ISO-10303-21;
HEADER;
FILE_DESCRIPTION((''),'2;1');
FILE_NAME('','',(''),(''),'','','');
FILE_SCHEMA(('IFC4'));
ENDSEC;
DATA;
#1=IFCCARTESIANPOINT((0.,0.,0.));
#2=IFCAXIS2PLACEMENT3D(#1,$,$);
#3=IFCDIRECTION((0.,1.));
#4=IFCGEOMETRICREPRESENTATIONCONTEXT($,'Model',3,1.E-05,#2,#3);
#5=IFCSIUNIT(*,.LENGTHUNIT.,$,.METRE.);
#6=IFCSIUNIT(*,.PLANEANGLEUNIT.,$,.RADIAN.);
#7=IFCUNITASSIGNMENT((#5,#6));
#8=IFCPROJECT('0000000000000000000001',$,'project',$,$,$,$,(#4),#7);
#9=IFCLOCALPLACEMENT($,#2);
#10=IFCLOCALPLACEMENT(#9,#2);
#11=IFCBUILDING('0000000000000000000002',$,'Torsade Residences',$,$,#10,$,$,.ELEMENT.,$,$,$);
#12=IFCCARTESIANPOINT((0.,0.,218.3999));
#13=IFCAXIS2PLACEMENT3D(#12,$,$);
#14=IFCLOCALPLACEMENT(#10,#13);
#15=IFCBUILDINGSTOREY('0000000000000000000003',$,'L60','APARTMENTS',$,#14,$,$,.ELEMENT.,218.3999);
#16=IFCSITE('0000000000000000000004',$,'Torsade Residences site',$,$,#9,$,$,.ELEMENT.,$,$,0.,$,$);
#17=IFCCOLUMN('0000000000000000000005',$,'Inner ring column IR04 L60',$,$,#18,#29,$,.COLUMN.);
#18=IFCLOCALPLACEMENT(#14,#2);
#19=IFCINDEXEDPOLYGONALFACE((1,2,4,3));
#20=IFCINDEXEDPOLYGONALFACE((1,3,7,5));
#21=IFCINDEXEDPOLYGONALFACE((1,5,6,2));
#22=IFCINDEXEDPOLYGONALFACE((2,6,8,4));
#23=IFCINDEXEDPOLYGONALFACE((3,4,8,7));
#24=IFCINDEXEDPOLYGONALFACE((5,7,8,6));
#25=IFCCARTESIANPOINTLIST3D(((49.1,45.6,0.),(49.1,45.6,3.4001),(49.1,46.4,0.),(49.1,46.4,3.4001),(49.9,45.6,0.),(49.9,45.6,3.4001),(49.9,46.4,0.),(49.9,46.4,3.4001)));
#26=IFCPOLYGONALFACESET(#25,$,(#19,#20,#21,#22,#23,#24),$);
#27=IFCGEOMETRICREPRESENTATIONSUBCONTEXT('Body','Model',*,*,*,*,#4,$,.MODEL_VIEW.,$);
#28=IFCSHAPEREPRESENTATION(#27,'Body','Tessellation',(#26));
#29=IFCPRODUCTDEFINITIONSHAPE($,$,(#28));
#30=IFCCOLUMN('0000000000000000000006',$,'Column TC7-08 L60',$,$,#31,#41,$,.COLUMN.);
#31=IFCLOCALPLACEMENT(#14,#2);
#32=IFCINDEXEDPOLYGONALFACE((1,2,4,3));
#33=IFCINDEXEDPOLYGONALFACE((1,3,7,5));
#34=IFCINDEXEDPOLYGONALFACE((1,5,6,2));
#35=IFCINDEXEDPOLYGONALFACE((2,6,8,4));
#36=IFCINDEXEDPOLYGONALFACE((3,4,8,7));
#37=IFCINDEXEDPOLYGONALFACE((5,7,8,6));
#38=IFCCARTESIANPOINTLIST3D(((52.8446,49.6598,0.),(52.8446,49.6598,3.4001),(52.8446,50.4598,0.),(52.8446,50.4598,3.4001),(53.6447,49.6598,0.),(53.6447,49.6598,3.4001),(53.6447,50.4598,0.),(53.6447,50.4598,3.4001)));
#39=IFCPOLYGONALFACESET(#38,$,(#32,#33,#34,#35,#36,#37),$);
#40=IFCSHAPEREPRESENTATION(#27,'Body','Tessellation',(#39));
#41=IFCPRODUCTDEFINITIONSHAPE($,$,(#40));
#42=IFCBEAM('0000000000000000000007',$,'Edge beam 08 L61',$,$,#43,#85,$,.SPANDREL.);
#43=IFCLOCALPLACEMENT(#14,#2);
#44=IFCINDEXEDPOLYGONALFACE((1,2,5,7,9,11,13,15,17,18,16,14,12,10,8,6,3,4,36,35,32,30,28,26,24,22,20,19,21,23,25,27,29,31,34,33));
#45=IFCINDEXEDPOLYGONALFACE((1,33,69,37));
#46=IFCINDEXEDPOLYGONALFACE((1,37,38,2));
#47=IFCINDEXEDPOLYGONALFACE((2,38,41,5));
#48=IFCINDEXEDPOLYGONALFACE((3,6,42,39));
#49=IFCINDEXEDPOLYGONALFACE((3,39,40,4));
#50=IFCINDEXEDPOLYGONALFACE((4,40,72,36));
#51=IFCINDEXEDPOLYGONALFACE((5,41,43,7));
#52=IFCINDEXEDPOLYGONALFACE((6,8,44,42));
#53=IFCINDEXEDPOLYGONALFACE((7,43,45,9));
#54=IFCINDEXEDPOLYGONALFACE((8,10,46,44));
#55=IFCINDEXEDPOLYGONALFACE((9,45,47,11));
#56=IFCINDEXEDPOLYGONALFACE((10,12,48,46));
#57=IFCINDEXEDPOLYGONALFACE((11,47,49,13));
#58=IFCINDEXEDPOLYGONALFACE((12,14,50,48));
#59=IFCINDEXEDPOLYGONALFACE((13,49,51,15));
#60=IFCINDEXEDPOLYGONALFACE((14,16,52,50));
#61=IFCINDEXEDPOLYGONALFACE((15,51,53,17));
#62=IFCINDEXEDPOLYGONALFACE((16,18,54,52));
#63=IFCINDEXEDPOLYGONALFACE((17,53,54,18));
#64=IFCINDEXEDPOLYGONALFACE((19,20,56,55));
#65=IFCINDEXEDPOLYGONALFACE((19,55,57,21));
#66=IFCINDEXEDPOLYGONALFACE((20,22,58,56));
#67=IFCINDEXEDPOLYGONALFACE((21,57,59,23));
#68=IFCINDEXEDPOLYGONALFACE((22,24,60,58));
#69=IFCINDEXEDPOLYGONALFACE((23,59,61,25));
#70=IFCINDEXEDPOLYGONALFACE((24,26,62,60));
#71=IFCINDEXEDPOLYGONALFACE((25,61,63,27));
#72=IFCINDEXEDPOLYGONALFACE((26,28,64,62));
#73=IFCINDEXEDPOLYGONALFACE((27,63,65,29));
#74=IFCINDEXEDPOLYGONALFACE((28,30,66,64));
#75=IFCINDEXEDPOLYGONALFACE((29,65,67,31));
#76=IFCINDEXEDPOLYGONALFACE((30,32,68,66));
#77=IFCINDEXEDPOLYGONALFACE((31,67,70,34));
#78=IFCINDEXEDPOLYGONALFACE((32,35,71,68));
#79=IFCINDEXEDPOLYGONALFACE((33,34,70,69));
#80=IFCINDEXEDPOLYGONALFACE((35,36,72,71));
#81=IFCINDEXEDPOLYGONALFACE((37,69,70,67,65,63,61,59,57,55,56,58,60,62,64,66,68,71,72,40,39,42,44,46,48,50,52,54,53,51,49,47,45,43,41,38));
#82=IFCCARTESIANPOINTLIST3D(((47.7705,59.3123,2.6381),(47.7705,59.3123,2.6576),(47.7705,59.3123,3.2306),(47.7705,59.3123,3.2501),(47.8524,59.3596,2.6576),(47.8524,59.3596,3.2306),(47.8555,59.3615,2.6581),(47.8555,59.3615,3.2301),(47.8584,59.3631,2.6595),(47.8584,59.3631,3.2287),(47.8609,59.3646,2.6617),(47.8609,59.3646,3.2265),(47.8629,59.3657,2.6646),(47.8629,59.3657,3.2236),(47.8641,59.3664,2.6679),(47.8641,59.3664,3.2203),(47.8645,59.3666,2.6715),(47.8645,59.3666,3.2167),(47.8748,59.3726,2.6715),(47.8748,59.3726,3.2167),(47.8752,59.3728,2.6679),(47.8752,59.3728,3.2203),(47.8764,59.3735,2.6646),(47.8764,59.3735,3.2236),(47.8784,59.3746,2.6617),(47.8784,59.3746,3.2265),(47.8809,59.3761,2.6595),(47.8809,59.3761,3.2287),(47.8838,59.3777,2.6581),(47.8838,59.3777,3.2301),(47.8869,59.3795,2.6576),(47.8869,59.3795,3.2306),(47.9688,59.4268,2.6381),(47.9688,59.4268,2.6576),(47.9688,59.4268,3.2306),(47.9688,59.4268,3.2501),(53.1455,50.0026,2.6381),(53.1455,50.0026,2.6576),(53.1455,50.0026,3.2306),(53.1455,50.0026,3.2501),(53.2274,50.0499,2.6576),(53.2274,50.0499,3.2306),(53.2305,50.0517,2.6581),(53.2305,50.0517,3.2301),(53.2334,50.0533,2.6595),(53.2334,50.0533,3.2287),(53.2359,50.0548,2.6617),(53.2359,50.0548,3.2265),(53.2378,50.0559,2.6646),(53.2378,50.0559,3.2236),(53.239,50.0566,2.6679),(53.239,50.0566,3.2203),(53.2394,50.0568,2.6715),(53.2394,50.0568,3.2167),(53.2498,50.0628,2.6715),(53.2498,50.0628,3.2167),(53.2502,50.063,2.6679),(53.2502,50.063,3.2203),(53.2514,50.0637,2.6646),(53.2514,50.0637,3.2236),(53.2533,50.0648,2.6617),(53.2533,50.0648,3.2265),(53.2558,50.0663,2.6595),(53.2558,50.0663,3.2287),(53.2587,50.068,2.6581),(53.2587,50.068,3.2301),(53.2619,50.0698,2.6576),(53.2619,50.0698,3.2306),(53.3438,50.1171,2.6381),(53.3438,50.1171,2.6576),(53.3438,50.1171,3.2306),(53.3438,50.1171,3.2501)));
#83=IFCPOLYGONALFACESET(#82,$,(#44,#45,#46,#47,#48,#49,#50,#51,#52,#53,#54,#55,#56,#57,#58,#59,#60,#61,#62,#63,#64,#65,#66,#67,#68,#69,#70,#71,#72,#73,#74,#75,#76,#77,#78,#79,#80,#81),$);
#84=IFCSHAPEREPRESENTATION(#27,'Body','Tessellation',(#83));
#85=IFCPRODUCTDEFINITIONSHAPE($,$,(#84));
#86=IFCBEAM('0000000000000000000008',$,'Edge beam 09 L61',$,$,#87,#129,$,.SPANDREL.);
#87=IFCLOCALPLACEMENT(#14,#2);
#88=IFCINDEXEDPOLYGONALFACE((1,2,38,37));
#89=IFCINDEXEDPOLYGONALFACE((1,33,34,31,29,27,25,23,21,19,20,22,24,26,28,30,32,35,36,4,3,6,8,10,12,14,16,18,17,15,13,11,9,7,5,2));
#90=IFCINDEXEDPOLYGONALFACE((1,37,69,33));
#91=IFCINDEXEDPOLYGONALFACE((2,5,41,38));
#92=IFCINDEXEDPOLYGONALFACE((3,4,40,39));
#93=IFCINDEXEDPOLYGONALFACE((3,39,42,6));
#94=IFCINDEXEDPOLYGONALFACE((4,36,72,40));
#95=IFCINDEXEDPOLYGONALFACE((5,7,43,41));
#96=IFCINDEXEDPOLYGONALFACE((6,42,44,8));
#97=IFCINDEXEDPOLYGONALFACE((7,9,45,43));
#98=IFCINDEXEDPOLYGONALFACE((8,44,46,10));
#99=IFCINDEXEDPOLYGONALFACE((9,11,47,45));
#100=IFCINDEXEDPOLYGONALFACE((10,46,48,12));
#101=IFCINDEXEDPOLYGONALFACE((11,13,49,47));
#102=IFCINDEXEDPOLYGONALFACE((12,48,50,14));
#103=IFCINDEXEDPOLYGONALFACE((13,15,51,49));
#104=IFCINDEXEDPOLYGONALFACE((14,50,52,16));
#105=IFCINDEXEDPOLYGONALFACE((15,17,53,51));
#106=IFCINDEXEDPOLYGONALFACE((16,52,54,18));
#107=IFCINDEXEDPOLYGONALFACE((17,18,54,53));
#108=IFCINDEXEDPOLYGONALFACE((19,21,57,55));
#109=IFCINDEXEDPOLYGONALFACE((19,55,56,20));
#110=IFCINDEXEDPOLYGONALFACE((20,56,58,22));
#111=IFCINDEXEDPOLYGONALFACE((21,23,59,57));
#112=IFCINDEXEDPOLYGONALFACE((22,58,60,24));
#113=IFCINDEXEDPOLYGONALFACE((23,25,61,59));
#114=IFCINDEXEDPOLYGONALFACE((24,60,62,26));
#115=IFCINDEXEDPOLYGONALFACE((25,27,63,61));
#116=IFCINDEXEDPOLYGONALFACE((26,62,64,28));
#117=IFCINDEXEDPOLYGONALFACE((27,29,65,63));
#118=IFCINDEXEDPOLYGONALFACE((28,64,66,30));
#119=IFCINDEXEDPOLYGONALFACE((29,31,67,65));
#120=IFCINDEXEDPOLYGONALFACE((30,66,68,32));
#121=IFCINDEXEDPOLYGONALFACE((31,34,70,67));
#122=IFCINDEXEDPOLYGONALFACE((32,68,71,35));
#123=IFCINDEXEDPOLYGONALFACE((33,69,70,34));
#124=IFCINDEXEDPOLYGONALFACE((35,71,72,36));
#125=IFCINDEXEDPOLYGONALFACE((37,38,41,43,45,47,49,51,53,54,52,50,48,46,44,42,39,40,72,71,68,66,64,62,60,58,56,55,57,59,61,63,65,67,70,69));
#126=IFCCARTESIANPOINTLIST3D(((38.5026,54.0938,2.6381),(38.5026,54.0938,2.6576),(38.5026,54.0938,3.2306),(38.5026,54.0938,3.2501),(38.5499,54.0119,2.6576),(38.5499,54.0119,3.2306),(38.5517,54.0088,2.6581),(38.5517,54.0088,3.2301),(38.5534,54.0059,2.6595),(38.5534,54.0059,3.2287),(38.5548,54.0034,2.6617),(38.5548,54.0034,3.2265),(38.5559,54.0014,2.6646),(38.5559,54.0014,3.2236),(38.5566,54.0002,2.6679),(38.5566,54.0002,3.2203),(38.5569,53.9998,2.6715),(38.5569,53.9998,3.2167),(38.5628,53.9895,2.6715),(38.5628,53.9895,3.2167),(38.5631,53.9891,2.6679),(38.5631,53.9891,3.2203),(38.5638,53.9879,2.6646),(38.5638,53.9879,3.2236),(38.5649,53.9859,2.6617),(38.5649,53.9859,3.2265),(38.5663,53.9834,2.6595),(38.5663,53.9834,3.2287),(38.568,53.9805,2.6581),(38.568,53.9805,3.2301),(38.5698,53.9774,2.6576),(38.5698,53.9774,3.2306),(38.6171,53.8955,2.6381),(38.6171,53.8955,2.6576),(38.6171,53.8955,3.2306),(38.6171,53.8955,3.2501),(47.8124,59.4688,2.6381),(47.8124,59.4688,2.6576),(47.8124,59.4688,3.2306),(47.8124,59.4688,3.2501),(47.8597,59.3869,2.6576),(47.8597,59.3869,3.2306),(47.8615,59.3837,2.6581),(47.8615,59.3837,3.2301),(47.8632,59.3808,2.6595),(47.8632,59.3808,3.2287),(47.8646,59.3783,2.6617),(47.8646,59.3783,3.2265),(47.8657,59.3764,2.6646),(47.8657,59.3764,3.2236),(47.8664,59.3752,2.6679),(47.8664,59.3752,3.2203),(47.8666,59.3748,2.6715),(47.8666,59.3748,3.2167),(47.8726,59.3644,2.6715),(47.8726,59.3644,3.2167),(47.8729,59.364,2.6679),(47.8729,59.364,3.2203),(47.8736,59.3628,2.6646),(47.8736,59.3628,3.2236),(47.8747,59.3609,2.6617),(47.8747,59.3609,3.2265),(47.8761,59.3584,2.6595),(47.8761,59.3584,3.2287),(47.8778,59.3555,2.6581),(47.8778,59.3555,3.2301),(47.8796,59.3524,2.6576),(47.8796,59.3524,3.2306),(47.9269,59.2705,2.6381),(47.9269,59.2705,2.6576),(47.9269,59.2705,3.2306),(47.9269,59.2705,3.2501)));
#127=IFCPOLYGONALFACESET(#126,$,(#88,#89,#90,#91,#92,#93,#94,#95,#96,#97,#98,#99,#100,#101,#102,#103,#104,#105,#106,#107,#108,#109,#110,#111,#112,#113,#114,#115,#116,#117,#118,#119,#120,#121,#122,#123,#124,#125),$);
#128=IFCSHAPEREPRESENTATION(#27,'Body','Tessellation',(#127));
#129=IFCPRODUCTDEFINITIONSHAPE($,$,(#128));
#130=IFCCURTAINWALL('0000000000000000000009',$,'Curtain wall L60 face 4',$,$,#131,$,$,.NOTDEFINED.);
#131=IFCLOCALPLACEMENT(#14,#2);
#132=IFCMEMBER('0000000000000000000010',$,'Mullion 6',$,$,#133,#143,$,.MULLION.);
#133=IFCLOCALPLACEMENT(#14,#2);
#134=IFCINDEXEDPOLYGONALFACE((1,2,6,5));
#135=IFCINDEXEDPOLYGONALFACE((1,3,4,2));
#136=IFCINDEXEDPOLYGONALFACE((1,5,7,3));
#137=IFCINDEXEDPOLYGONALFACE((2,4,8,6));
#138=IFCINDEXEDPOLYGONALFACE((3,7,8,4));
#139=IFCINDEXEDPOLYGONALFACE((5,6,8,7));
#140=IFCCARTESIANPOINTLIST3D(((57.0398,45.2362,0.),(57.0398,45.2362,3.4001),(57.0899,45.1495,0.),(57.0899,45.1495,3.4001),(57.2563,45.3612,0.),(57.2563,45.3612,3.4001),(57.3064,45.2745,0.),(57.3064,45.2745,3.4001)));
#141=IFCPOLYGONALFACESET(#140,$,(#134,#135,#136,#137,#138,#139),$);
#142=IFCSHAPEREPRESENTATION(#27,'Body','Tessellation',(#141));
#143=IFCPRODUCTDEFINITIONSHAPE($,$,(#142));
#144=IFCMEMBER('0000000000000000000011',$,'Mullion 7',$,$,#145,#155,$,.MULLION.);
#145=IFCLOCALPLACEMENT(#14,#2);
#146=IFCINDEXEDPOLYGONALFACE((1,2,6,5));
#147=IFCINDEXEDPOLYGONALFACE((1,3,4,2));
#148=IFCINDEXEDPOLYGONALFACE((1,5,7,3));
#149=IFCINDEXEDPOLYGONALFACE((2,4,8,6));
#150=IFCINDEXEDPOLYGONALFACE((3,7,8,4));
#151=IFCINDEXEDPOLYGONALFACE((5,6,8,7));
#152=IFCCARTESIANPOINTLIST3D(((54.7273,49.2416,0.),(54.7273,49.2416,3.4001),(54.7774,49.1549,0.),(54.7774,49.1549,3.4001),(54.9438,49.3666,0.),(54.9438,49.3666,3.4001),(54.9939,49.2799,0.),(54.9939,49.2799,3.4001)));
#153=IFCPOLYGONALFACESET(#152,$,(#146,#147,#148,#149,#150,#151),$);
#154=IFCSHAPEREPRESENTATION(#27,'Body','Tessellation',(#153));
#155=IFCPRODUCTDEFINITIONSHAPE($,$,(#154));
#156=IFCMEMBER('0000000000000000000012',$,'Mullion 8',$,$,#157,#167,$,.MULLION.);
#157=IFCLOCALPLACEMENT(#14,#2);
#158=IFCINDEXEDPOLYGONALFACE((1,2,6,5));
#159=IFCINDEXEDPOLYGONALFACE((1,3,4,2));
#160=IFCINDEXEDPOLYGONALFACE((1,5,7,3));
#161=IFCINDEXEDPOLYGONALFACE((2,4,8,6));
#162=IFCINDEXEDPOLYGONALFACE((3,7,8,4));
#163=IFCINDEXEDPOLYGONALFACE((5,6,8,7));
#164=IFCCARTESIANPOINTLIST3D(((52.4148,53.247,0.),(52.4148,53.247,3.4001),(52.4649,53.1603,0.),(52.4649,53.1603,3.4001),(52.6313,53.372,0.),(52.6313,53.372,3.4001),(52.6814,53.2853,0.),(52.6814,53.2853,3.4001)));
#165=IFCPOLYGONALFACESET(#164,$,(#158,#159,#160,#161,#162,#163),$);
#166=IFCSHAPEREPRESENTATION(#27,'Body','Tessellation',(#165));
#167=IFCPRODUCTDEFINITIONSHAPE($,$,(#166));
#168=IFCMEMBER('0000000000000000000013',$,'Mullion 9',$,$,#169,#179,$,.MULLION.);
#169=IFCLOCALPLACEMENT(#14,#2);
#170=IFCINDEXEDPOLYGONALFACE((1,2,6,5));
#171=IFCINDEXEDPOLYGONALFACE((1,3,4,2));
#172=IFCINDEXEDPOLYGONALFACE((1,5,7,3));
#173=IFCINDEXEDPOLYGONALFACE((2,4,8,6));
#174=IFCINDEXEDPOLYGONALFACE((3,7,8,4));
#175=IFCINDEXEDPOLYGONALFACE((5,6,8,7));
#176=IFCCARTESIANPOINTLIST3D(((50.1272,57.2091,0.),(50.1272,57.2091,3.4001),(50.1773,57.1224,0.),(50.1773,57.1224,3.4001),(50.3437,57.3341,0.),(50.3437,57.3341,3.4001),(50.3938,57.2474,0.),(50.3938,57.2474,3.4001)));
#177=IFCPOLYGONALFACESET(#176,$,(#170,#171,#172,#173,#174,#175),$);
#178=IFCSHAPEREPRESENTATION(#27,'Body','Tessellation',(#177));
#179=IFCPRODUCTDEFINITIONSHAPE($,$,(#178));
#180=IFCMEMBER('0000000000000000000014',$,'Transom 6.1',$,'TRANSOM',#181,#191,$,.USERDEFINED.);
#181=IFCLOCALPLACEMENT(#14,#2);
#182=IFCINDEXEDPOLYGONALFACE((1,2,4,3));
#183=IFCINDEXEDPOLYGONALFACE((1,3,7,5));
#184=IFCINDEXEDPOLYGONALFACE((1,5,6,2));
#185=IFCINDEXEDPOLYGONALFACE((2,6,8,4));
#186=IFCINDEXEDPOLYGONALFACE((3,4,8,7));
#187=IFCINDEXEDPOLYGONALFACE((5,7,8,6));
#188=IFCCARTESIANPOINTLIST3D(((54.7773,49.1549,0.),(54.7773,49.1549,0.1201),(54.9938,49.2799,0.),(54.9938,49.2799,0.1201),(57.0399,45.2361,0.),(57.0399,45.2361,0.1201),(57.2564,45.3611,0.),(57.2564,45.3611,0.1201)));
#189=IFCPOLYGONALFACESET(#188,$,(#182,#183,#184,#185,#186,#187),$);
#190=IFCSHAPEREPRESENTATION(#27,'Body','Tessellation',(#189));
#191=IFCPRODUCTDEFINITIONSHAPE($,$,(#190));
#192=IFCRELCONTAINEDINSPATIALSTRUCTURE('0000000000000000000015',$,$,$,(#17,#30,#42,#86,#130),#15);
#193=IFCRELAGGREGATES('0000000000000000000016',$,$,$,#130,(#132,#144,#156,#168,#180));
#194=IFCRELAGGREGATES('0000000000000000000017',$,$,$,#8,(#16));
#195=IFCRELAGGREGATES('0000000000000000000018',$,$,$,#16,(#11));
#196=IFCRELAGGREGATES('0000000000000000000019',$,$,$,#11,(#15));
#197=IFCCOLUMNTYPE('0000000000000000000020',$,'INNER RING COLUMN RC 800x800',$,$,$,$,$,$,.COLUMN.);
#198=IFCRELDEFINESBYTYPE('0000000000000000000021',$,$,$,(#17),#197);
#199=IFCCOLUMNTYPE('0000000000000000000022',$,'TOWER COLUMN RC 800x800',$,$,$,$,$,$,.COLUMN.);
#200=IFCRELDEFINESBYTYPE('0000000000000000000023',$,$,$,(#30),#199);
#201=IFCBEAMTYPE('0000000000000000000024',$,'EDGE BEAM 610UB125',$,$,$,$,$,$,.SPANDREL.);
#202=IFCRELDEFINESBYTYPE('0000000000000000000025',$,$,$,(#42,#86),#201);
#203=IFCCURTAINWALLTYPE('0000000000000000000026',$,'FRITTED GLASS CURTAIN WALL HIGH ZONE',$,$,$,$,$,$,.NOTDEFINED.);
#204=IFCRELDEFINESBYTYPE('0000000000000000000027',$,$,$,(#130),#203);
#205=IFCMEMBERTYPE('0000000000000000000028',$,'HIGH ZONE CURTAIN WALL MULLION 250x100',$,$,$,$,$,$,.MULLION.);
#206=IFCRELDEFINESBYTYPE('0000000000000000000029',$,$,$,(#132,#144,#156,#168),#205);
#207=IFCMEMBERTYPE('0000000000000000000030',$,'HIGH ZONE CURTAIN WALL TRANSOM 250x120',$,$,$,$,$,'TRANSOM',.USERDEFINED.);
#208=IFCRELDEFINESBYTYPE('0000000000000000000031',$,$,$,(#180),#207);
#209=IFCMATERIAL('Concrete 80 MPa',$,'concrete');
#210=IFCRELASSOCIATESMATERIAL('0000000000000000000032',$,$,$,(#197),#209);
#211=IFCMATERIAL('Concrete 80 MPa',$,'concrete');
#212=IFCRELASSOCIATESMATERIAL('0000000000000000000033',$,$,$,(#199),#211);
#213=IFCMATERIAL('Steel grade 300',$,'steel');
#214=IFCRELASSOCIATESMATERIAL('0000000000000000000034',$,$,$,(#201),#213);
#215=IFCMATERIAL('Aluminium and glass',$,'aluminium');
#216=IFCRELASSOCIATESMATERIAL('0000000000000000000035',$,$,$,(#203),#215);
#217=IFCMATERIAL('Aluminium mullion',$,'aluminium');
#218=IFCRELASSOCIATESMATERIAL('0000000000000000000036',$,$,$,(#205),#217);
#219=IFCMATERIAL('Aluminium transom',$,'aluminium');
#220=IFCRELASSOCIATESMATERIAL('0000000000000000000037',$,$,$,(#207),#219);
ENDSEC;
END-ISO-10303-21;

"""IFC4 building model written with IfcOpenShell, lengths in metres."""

from ifc_helpers import new_model, si_unit, direction, frame, origin, origin_2d, place, context, subcontext, project, spatial, rectangle, i_section, extrude, material, material_profile, profile_set, type_object, element, aggregate, save


model = new_model("IFC4")

# Units and contexts
model_context = context("Model", 3, precision=1e-05, world=origin(), true_north=direction((0.0, 1.0)))
body_context = subcontext(model_context, "Body", "Model", "MODEL_VIEW")
ifc_project = project(units=[si_unit("LENGTHUNIT", "METRE"), si_unit("PLANEANGLEUNIT", "RADIAN")], contexts=[model_context])

# Site, building, storey
site_placement = place(None, origin())
site = spatial("IfcSite", under=ifc_project, at=site_placement, Name="Torsade Residences site", CompositionType="ELEMENT", RefElevation=0.0)
building_placement = place(site_placement, origin())
building = spatial("IfcBuilding", under=site, at=building_placement, Name="Torsade Residences", CompositionType="ELEMENT")
storey_placement = place(building_placement, frame((0.0, 0.0, 218.3999)))
storey = spatial("IfcBuildingStorey", under=building, at=storey_placement, Name="L60", Description="APARTMENTS", CompositionType="ELEMENT", Elevation=218.3999)

# Columns
ifc_material_1 = material(Name="Concrete 80 MPa", Category="concrete")
ifc_material_profile_1 = material_profile(ifc_material_1, rectangle(XDim=0.8, YDim=0.8, at=origin_2d()), Name="RC 800x800")
ifc_profile_set_1 = profile_set([ifc_material_profile_1], Name="Concrete 80 MPa")
column_type_1 = type_object("IfcColumnType", Name="INNER RING COLUMN RC 800x800", PredefinedType="COLUMN", material=ifc_profile_set_1)
column_1_placement = place(storey_placement, frame((49.5, 46.0, 0.0), z_axis=(0.0, 0.0, 1.0), x_axis=(1.0, 0.0, 0.0)))
element("IfcColumn", 1, at=column_1_placement, inside=storey, type_object=column_type_1, Name="Inner ring column IR04 L60", PredefinedType="COLUMN", context=body_context, shape_type="SweptSolid", body=[
    extrude(rectangle(XDim=0.8, YDim=0.8, at=origin_2d()), origin(), (0.0, 0.0, 1.0), 3.4001),
])
ifc_material_2 = material(Name="Concrete 80 MPa", Category="concrete")
ifc_material_profile_2 = material_profile(ifc_material_2, rectangle(XDim=0.8, YDim=0.8, at=origin_2d()), Name="RC 800x800")
ifc_profile_set_2 = profile_set([ifc_material_profile_2], Name="Concrete 80 MPa")
column_type_2 = type_object("IfcColumnType", Name="TOWER COLUMN RC 800x800", PredefinedType="COLUMN", material=ifc_profile_set_2)
column_2_placement = place(storey_placement, frame((53.2446, 50.0598, 0.0), z_axis=(0.0, 0.0, 1.0), x_axis=(1.0, 0.0, 0.0)))
element("IfcColumn", 2, at=column_2_placement, inside=storey, type_object=column_type_2, Name="Column TC7-08 L60", PredefinedType="COLUMN", context=body_context, shape_type="SweptSolid", body=[
    extrude(rectangle(XDim=0.8, YDim=0.8, at=origin_2d()), origin(), (0.0, 0.0, 1.0), 3.4001),
])

# Beams
ifc_material_3 = material(Name="Steel grade 300", Category="steel")
ifc_material_profile_3 = material_profile(ifc_material_3, i_section(OverallWidth=0.229, OverallDepth=0.6121, WebThickness=0.012, FlangeThickness=0.0195, FilletRadius=0.0139, at=origin_2d()), Name="610UB125")
ifc_profile_set_3 = profile_set([ifc_material_profile_3], Name="Steel grade 300")
beam_type_1 = type_object("IfcBeamType", Name="EDGE BEAM 610UB125", PredefinedType="SPANDREL", material=ifc_profile_set_3)
for number, where, z_axis, x_axis, name in (
    (3, (53.2446, 50.0598, 2.9441), (-0.499998, 0.866026, 0.0), (-0.866026, -0.499998, 0.0), "Edge beam 08 L61"),
    (4, (47.8696, 59.3696, 2.9441), (-0.866026, -0.499998, 0.0), (0.499998, -0.866026, 0.0), "Edge beam 09 L61"),
):
    element("IfcBeam", number, at=place(storey_placement, frame(where, z_axis=z_axis, x_axis=x_axis)), inside=storey, type_object=beam_type_1, Name=name, PredefinedType="SPANDREL", context=body_context, shape_type="SweptSolid", body=[
        extrude(i_section(OverallWidth=0.229, OverallDepth=0.6121, WebThickness=0.012, FlangeThickness=0.0195, FilletRadius=0.0139, at=origin_2d()), origin(), (0.0, 0.0, 1.0), 10.75),
    ])

# Curtain wall, members
ifc_material_4 = material(Name="Aluminium and glass", Category="aluminium")
curtain_wall_type = type_object("IfcCurtainWallType", Name="FRITTED GLASS CURTAIN WALL HIGH ZONE", PredefinedType="NOTDEFINED", material=ifc_material_4)
curtain_wall_placement = place(storey_placement, origin())
curtain_wall = element("IfcCurtainWall", 5, at=curtain_wall_placement, inside=storey, type_object=curtain_wall_type, Name="Curtain wall L60 face 4", PredefinedType="NOTDEFINED")
ifc_material_5 = material(Name="Aluminium mullion", Category="aluminium")
ifc_material_profile_4 = material_profile(ifc_material_5, rectangle(XDim=0.25, YDim=0.1001, at=origin_2d()), Name="HIGH ZONE CURTAIN WALL MULLION 250x100")
ifc_profile_set_4 = profile_set([ifc_material_profile_4], Name="Aluminium mullion")
member_type_1 = type_object("IfcMemberType", Name="HIGH ZONE CURTAIN WALL MULLION 250x100", PredefinedType="MULLION", material=ifc_profile_set_4)
member_1_placement = place(storey_placement, frame((57.1731, 45.2554, 0.0), z_axis=(0.0, 0.0, 1.0), x_axis=(-0.866025, -0.5, 0.0)))
member_1 = element("IfcMember", 6, at=member_1_placement, type_object=member_type_1, Name="Mullion 6", PredefinedType="MULLION", context=body_context, shape_type="SweptSolid", body=[
    extrude(rectangle(XDim=0.25, YDim=0.1001, at=origin_2d()), origin(), (0.0, 0.0, 1.0), 3.4001),
])
member_2_placement = place(storey_placement, frame((54.8606, 49.2607, 0.0), z_axis=(0.0, 0.0, 1.0), x_axis=(-0.866025, -0.5, 0.0)))
member_2 = element("IfcMember", 7, at=member_2_placement, type_object=member_type_1, Name="Mullion 7", PredefinedType="MULLION", context=body_context, shape_type="SweptSolid", body=[
    extrude(rectangle(XDim=0.25, YDim=0.1001, at=origin_2d()), origin(), (0.0, 0.0, 1.0), 3.4001),
])
member_3_placement = place(storey_placement, frame((52.5481, 53.2661, 0.0), z_axis=(0.0, 0.0, 1.0), x_axis=(-0.866025, -0.5, 0.0)))
member_3 = element("IfcMember", 8, at=member_3_placement, type_object=member_type_1, Name="Mullion 8", PredefinedType="MULLION", context=body_context, shape_type="SweptSolid", body=[
    extrude(rectangle(XDim=0.25, YDim=0.1001, at=origin_2d()), origin(), (0.0, 0.0, 1.0), 3.4001),
])
member_4_placement = place(storey_placement, frame((50.2605, 57.2283, 0.0), z_axis=(0.0, 0.0, 1.0), x_axis=(-0.866025, -0.5, 0.0)))
member_4 = element("IfcMember", 9, at=member_4_placement, type_object=member_type_1, Name="Mullion 9", PredefinedType="MULLION", context=body_context, shape_type="SweptSolid", body=[
    extrude(rectangle(XDim=0.25, YDim=0.1001, at=origin_2d()), origin(), (0.0, 0.0, 1.0), 3.4001),
])
ifc_material_6 = material(Name="Aluminium transom", Category="aluminium")
ifc_material_profile_5 = material_profile(ifc_material_6, rectangle(XDim=0.25, YDim=0.1201, at=origin_2d()), Name="HIGH ZONE CURTAIN WALL TRANSOM 250x120")
ifc_profile_set_5 = profile_set([ifc_material_profile_5], Name="Aluminium transom")
member_type_2 = type_object("IfcMemberType", Name="HIGH ZONE CURTAIN WALL TRANSOM 250x120", ElementType="TRANSOM", PredefinedType="USERDEFINED", material=ifc_profile_set_5)
member_5_placement = place(storey_placement, frame((57.1482, 45.2986, 0.0601), z_axis=(-0.500015, 0.866017, 0.0), x_axis=(-0.866017, -0.500015, 0.0)))
member_5 = element("IfcMember", 10, at=member_5_placement, type_object=member_type_2, Name="Transom 6.1", ObjectType="TRANSOM", PredefinedType="USERDEFINED", context=body_context, shape_type="SweptSolid", body=[
    extrude(rectangle(XDim=0.25, YDim=0.1201, at=origin_2d()), origin(), (0.0, 0.0, 1.0), 4.5251),
])

aggregate(curtain_wall, [member_1, member_2, member_3, member_4, member_5])

save(model, "model.ifc")
